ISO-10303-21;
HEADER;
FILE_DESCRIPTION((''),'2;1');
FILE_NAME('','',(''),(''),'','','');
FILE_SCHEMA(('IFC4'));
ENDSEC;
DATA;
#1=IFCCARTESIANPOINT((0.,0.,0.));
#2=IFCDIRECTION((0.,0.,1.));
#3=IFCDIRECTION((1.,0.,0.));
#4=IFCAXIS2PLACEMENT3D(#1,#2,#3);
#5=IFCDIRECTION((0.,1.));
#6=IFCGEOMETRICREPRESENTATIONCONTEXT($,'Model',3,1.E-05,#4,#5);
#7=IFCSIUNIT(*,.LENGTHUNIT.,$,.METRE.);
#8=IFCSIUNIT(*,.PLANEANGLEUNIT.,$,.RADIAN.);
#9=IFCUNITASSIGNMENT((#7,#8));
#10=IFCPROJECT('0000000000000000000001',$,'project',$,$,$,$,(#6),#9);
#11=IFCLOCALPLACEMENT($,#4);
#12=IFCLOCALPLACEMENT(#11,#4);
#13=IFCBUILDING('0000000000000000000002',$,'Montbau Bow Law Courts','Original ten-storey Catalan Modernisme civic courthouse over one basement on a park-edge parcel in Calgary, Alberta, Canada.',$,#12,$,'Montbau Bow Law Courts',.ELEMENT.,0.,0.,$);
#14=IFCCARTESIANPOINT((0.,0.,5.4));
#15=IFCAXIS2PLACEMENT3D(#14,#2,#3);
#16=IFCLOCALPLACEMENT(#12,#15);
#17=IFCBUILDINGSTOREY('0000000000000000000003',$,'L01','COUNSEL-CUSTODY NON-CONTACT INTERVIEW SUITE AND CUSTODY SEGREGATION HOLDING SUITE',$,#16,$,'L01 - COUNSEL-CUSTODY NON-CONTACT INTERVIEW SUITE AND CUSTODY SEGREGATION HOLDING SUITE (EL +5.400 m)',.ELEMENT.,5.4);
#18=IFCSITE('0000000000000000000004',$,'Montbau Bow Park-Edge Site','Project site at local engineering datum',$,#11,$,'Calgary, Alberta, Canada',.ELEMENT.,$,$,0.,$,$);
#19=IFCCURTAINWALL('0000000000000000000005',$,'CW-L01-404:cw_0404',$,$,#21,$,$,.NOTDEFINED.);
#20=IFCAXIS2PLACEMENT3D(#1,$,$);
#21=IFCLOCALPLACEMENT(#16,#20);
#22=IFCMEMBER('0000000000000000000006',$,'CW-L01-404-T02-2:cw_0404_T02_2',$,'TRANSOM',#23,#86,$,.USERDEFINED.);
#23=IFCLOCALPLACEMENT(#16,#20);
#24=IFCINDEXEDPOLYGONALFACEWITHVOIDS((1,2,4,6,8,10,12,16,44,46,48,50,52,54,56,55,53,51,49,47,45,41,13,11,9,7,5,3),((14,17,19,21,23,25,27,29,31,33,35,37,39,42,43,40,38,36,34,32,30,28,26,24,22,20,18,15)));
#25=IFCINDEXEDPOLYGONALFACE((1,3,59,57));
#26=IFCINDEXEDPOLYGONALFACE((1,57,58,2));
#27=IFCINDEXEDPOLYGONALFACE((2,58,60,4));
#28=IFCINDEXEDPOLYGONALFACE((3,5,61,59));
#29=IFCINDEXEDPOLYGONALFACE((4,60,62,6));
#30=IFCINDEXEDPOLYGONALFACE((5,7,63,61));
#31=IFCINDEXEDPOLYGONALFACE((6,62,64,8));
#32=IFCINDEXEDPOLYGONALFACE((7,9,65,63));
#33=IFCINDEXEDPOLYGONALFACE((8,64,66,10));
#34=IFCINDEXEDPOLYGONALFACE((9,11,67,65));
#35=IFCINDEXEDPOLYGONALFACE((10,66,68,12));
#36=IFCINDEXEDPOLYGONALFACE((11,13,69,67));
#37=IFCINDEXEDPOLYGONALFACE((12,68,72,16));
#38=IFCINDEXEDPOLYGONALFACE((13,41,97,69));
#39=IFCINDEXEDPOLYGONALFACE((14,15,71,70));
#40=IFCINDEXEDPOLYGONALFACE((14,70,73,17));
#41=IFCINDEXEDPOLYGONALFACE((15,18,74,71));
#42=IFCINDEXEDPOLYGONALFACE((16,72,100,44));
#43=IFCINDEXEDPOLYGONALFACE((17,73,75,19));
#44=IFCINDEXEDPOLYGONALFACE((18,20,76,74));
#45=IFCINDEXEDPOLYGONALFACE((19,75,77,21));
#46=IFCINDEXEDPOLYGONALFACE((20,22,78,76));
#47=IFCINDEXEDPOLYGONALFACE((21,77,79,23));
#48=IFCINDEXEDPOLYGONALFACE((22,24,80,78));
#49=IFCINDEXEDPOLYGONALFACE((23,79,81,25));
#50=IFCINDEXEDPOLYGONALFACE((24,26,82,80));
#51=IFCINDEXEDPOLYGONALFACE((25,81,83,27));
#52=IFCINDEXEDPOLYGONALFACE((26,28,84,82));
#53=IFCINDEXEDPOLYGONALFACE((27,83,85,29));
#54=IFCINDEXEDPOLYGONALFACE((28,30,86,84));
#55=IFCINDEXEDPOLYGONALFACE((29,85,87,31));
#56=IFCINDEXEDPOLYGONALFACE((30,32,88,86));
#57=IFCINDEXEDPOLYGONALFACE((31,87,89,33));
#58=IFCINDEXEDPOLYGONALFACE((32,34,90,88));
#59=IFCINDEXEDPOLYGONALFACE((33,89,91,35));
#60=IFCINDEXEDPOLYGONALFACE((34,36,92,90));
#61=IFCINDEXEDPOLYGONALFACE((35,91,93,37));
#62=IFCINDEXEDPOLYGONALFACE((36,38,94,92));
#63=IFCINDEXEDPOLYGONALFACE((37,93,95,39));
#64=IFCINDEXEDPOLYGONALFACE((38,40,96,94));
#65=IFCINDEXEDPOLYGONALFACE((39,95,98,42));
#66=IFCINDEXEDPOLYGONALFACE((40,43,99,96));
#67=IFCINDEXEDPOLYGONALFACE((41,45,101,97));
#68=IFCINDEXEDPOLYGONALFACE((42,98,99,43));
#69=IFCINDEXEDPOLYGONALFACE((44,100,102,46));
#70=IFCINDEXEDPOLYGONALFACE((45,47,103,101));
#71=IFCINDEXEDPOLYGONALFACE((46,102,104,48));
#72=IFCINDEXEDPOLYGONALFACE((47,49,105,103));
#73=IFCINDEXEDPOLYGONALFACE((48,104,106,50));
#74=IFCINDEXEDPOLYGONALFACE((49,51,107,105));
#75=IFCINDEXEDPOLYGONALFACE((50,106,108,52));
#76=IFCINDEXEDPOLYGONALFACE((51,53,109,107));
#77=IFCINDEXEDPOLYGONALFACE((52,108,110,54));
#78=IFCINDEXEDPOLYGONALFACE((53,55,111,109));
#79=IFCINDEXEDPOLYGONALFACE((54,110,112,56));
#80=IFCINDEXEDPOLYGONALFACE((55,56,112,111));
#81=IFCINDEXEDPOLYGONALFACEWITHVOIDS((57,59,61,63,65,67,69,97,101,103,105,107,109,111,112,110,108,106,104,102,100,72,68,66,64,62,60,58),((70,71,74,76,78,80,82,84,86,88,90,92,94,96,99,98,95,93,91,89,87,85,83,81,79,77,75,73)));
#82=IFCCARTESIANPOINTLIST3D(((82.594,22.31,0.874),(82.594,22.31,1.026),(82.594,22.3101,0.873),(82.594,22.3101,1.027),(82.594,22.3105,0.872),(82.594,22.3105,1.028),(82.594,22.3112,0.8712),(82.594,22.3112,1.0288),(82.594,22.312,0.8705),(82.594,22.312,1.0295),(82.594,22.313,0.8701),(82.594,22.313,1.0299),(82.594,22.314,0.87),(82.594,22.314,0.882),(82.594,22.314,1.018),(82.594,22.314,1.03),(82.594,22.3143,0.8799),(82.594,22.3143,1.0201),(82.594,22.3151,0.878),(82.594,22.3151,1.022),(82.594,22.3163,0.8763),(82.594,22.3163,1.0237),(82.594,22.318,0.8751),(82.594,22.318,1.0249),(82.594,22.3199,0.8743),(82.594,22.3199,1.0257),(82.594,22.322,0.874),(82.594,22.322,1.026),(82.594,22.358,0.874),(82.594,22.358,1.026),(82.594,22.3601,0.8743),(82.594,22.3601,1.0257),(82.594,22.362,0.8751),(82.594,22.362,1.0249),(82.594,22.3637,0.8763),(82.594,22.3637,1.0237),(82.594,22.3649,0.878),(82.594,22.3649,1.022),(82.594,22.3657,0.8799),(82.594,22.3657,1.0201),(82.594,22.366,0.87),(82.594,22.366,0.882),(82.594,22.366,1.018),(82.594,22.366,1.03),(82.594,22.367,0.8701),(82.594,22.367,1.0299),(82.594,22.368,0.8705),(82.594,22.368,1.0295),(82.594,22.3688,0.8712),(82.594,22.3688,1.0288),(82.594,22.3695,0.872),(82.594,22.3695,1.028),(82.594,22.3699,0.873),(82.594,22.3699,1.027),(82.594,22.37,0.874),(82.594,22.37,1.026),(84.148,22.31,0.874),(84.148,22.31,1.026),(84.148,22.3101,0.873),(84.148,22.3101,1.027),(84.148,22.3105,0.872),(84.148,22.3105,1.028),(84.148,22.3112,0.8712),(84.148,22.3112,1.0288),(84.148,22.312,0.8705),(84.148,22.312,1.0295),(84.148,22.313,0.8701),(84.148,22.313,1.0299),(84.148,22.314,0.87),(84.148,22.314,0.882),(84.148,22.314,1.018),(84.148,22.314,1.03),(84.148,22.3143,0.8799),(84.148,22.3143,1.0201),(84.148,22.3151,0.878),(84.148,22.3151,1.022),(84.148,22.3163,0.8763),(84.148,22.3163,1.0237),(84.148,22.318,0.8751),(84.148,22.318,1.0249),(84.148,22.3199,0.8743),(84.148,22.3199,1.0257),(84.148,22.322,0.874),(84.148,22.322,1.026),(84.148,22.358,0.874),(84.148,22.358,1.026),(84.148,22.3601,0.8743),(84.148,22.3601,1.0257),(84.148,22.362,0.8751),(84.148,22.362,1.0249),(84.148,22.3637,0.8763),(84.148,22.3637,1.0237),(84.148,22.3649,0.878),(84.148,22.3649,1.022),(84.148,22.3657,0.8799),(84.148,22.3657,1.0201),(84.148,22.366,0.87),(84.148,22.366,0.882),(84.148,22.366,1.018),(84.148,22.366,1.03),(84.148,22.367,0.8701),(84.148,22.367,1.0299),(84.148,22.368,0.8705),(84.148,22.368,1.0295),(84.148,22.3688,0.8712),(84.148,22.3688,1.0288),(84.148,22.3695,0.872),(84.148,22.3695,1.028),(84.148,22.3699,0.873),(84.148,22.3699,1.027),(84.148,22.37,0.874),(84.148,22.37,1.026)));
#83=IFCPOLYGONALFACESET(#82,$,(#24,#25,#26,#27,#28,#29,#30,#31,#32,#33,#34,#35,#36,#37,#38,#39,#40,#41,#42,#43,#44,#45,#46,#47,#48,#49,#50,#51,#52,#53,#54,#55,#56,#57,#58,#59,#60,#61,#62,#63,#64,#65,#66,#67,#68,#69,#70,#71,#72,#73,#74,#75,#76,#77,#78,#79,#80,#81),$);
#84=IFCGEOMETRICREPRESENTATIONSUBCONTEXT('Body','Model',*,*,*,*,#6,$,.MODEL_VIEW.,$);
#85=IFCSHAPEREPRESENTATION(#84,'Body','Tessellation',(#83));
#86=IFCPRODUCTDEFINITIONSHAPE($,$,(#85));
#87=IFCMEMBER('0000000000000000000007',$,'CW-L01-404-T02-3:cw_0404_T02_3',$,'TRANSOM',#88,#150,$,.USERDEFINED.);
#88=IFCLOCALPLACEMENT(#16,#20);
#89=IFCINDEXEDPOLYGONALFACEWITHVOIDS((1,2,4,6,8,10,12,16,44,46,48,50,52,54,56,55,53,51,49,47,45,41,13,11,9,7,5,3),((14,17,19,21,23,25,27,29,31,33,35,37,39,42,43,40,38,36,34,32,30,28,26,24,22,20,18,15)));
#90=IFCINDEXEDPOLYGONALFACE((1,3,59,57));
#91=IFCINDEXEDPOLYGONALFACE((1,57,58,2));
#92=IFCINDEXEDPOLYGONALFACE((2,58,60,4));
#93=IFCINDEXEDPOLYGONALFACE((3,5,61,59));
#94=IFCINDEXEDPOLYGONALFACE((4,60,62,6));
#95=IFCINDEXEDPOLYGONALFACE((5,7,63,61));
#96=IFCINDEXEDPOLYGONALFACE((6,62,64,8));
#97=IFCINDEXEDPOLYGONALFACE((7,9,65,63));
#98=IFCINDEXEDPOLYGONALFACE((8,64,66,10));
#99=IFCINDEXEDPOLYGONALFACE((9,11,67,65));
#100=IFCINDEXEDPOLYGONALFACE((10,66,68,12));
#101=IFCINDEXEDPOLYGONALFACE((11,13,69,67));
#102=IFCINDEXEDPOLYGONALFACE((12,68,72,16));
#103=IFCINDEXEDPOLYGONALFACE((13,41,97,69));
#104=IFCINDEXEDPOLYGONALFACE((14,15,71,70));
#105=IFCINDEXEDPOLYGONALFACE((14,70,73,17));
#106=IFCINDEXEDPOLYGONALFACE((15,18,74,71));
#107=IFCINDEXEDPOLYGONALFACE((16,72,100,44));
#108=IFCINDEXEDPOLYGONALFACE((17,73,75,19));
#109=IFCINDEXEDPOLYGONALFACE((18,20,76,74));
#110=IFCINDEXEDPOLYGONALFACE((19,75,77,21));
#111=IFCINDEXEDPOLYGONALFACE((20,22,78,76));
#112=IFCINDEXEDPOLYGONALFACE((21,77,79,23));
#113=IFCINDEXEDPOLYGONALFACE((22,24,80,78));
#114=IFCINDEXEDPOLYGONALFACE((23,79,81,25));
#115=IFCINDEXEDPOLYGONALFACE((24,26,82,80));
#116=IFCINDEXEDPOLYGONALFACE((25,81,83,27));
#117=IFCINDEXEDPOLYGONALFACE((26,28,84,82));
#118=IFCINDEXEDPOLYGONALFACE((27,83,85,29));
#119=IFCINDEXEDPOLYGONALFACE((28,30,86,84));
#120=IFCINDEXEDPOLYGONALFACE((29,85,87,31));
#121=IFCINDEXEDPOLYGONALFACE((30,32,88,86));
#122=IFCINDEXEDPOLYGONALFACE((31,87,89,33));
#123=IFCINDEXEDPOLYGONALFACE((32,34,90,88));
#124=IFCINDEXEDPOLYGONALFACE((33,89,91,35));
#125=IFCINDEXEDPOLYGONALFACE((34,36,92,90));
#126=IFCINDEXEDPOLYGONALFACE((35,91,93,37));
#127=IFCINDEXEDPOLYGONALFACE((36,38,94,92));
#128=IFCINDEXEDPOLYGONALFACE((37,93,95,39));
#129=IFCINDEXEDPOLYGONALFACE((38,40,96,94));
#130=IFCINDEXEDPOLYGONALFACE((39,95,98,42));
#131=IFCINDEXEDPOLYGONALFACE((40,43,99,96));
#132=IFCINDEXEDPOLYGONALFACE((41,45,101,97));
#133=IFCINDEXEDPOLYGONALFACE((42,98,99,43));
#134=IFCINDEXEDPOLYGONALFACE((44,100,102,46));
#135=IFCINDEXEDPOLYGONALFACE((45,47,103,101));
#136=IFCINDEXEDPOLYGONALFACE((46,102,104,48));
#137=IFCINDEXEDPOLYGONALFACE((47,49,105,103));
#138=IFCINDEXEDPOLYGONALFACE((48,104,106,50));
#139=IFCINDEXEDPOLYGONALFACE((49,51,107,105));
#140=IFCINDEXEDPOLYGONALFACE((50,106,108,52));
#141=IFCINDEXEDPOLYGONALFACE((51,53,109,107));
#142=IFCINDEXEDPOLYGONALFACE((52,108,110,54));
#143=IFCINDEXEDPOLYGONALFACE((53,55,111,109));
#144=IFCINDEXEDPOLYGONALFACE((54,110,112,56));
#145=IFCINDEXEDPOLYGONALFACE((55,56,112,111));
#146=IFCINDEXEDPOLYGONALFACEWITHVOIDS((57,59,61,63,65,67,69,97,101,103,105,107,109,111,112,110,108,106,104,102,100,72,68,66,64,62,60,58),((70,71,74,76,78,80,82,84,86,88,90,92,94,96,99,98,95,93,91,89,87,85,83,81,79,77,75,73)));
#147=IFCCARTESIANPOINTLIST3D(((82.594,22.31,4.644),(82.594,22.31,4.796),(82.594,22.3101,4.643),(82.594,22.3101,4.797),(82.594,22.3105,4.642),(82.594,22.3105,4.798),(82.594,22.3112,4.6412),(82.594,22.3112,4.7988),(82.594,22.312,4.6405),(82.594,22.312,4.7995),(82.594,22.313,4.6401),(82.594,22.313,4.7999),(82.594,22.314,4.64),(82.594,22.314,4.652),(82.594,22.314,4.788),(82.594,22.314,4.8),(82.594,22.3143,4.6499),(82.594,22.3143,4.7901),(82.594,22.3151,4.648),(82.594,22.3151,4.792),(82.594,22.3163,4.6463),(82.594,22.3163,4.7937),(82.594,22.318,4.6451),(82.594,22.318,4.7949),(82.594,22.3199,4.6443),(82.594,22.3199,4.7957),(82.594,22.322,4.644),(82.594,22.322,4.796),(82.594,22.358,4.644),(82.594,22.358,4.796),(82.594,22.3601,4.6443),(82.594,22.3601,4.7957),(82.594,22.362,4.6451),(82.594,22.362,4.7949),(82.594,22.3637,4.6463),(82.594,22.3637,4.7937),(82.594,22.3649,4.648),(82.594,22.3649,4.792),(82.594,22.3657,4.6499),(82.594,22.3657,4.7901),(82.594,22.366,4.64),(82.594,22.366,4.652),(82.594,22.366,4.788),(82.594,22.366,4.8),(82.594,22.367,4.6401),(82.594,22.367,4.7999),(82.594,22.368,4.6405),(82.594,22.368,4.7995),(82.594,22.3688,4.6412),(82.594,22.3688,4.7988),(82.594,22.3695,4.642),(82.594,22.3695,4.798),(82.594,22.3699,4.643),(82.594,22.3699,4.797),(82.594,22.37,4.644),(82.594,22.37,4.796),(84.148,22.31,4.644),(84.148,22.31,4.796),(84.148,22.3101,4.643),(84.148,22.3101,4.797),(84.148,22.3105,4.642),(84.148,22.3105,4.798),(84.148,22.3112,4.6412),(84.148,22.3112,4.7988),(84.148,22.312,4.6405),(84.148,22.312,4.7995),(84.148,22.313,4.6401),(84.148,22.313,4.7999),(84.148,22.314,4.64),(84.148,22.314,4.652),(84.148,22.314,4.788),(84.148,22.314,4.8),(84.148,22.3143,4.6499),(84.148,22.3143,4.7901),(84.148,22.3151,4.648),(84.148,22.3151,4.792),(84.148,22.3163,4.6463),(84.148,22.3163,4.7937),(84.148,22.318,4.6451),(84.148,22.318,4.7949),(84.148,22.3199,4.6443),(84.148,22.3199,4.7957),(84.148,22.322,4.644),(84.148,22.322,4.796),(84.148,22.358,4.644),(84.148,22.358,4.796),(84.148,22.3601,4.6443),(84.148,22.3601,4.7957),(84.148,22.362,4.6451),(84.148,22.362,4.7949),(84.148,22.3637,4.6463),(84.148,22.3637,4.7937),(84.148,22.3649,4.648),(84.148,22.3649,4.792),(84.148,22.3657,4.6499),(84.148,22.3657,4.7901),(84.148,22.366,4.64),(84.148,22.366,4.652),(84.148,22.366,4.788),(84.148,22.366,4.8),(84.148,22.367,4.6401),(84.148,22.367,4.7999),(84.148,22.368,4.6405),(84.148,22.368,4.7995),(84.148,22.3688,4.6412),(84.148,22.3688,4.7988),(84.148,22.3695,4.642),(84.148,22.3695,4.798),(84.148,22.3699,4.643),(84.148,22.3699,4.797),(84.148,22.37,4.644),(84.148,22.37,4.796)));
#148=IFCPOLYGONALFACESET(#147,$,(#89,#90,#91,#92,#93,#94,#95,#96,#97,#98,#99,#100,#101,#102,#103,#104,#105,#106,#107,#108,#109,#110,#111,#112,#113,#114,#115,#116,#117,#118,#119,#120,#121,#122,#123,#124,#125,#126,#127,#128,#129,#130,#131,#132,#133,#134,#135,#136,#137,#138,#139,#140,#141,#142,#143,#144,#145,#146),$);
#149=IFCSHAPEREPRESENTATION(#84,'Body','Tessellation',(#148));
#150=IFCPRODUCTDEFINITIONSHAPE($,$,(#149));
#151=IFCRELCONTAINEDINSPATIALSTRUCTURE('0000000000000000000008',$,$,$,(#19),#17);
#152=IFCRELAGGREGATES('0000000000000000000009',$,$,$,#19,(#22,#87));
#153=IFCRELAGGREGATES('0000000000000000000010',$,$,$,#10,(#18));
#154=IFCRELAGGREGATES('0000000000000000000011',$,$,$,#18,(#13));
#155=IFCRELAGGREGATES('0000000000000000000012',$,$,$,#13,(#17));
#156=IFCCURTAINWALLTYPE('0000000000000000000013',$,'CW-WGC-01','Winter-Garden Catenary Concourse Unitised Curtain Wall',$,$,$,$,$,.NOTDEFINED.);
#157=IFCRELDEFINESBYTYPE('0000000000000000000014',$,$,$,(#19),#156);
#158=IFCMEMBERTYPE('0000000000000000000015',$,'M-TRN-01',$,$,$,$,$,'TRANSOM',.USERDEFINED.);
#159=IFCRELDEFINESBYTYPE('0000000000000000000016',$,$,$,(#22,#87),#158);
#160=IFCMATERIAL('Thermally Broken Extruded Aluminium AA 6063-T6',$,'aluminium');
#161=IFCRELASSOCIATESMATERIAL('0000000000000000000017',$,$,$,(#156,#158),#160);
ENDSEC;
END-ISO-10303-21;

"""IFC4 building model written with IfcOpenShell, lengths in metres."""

from ifc_helpers import new_model, si_unit, direction, frame, origin_with_axes, origin_2d_with_axis, place, context, subcontext, project, spatial, hollow_rectangle, extrude, material, material_profile, profile_set, type_object, element, aggregate, save


model = new_model("IFC4")

# Units and contexts
model_context = context("Model", 3, precision=1e-05, world=origin_with_axes(), true_north=direction((0.0, 1.0)))
body_context = subcontext(model_context, "Body", "Model", "MODEL_VIEW")
ifc_project = project(units=[si_unit("LENGTHUNIT", "METRE"), si_unit("PLANEANGLEUNIT", "RADIAN")], contexts=[model_context])

# Site, building, storey
site_placement = place(None, origin_with_axes())
site = spatial("IfcSite", under=ifc_project, at=site_placement, Name="Montbau Bow Park-Edge Site", Description="Project site at local engineering datum", LongName="Calgary, Alberta, Canada", CompositionType="ELEMENT", RefElevation=0.0)
building_placement = place(site_placement, origin_with_axes())
building = spatial("IfcBuilding", under=site, at=building_placement, Name="Montbau Bow Law Courts", Description="Original ten-storey Catalan Modernisme civic courthouse over one basement on a park-edge parcel in Calgary, Alberta, Canada.", LongName="Montbau Bow Law Courts", CompositionType="ELEMENT", ElevationOfRefHeight=0.0, ElevationOfTerrain=0.0)
storey_placement = place(building_placement, frame((0.0, 0.0, 5.4), z_axis=(0.0, 0.0, 1.0), x_axis=(1.0, 0.0, 0.0)))
storey = spatial("IfcBuildingStorey", under=building, at=storey_placement, Name="L01", Description="COUNSEL-CUSTODY NON-CONTACT INTERVIEW SUITE AND CUSTODY SEGREGATION HOLDING SUITE", LongName="L01 - COUNSEL-CUSTODY NON-CONTACT INTERVIEW SUITE AND CUSTODY SEGREGATION HOLDING SUITE (EL +5.400 m)", CompositionType="ELEMENT", Elevation=5.4)

# Shared definitions
ifc_material_1 = material(Name="Thermally Broken Extruded Aluminium AA 6063-T6", Category="aluminium")
curtain_wall_type = type_object("IfcCurtainWallType", Name="CW-WGC-01", Description="Winter-Garden Catenary Concourse Unitised Curtain Wall", PredefinedType="NOTDEFINED", material=ifc_material_1)

# Curtain wall, members
curtain_wall_1_placement = place(None, frame((80.915, 22.34, 5.4), z_axis=(0.0, 0.0, 1.0), x_axis=(1.0, 0.0, 0.0)))
curtain_wall_1 = element("IfcCurtainWall", 1, at=curtain_wall_1_placement, inside=storey, type_object=curtain_wall_type, Name="CW-L01-404:cw_0404", PredefinedType="NOTDEFINED")
ifc_material_profile_1 = material_profile(ifc_material_1, hollow_rectangle(XDim=0.06, YDim=0.16, WallThickness=0.004, InnerFilletRadius=0.008, OuterFilletRadius=0.004, at=origin_2d_with_axis()), Name="CWT-160X60", Category="Main", Priority=0)
ifc_profile_set_1 = profile_set([ifc_material_profile_1], Name="Thermally Broken Extruded Aluminium AA 6063-T6")
member_type_1 = type_object("IfcMemberType", Name="M-TRN-01", ElementType="TRANSOM", PredefinedType="USERDEFINED", material=ifc_profile_set_1)
member_1_placement = place(None, frame((82.594, 22.34, 6.35), z_axis=(1.0, 0.0, 0.0), x_axis=(0.0, 1.0, 0.0)))
member_1 = element("IfcMember", 2, at=member_1_placement, type_object=member_type_1, Name="CW-L01-404-T02-2:cw_0404_T02_2", ObjectType="TRANSOM", PredefinedType="USERDEFINED", context=body_context, shape_type="SweptSolid", body=[
    extrude(hollow_rectangle(XDim=0.06, YDim=0.16, WallThickness=0.004, InnerFilletRadius=0.008, OuterFilletRadius=0.004, at=origin_2d_with_axis()), origin_with_axes(), (0.0, 0.0, 1.0), 1.554),
])
member_2_placement = place(None, frame((82.594, 22.34, 10.12), z_axis=(1.0, 0.0, 0.0), x_axis=(0.0, 1.0, 0.0)))
member_2 = element("IfcMember", 3, at=member_2_placement, type_object=member_type_1, Name="CW-L01-404-T02-3:cw_0404_T02_3", ObjectType="TRANSOM", PredefinedType="USERDEFINED", context=body_context, shape_type="SweptSolid", body=[
    extrude(hollow_rectangle(XDim=0.06, YDim=0.16, WallThickness=0.004, InnerFilletRadius=0.008, OuterFilletRadius=0.004, at=origin_2d_with_axis()), origin_with_axes(), (0.0, 0.0, 1.0), 1.554),
])

aggregate(curtain_wall_1, [member_1, member_2])

save(model, "model.ifc")
